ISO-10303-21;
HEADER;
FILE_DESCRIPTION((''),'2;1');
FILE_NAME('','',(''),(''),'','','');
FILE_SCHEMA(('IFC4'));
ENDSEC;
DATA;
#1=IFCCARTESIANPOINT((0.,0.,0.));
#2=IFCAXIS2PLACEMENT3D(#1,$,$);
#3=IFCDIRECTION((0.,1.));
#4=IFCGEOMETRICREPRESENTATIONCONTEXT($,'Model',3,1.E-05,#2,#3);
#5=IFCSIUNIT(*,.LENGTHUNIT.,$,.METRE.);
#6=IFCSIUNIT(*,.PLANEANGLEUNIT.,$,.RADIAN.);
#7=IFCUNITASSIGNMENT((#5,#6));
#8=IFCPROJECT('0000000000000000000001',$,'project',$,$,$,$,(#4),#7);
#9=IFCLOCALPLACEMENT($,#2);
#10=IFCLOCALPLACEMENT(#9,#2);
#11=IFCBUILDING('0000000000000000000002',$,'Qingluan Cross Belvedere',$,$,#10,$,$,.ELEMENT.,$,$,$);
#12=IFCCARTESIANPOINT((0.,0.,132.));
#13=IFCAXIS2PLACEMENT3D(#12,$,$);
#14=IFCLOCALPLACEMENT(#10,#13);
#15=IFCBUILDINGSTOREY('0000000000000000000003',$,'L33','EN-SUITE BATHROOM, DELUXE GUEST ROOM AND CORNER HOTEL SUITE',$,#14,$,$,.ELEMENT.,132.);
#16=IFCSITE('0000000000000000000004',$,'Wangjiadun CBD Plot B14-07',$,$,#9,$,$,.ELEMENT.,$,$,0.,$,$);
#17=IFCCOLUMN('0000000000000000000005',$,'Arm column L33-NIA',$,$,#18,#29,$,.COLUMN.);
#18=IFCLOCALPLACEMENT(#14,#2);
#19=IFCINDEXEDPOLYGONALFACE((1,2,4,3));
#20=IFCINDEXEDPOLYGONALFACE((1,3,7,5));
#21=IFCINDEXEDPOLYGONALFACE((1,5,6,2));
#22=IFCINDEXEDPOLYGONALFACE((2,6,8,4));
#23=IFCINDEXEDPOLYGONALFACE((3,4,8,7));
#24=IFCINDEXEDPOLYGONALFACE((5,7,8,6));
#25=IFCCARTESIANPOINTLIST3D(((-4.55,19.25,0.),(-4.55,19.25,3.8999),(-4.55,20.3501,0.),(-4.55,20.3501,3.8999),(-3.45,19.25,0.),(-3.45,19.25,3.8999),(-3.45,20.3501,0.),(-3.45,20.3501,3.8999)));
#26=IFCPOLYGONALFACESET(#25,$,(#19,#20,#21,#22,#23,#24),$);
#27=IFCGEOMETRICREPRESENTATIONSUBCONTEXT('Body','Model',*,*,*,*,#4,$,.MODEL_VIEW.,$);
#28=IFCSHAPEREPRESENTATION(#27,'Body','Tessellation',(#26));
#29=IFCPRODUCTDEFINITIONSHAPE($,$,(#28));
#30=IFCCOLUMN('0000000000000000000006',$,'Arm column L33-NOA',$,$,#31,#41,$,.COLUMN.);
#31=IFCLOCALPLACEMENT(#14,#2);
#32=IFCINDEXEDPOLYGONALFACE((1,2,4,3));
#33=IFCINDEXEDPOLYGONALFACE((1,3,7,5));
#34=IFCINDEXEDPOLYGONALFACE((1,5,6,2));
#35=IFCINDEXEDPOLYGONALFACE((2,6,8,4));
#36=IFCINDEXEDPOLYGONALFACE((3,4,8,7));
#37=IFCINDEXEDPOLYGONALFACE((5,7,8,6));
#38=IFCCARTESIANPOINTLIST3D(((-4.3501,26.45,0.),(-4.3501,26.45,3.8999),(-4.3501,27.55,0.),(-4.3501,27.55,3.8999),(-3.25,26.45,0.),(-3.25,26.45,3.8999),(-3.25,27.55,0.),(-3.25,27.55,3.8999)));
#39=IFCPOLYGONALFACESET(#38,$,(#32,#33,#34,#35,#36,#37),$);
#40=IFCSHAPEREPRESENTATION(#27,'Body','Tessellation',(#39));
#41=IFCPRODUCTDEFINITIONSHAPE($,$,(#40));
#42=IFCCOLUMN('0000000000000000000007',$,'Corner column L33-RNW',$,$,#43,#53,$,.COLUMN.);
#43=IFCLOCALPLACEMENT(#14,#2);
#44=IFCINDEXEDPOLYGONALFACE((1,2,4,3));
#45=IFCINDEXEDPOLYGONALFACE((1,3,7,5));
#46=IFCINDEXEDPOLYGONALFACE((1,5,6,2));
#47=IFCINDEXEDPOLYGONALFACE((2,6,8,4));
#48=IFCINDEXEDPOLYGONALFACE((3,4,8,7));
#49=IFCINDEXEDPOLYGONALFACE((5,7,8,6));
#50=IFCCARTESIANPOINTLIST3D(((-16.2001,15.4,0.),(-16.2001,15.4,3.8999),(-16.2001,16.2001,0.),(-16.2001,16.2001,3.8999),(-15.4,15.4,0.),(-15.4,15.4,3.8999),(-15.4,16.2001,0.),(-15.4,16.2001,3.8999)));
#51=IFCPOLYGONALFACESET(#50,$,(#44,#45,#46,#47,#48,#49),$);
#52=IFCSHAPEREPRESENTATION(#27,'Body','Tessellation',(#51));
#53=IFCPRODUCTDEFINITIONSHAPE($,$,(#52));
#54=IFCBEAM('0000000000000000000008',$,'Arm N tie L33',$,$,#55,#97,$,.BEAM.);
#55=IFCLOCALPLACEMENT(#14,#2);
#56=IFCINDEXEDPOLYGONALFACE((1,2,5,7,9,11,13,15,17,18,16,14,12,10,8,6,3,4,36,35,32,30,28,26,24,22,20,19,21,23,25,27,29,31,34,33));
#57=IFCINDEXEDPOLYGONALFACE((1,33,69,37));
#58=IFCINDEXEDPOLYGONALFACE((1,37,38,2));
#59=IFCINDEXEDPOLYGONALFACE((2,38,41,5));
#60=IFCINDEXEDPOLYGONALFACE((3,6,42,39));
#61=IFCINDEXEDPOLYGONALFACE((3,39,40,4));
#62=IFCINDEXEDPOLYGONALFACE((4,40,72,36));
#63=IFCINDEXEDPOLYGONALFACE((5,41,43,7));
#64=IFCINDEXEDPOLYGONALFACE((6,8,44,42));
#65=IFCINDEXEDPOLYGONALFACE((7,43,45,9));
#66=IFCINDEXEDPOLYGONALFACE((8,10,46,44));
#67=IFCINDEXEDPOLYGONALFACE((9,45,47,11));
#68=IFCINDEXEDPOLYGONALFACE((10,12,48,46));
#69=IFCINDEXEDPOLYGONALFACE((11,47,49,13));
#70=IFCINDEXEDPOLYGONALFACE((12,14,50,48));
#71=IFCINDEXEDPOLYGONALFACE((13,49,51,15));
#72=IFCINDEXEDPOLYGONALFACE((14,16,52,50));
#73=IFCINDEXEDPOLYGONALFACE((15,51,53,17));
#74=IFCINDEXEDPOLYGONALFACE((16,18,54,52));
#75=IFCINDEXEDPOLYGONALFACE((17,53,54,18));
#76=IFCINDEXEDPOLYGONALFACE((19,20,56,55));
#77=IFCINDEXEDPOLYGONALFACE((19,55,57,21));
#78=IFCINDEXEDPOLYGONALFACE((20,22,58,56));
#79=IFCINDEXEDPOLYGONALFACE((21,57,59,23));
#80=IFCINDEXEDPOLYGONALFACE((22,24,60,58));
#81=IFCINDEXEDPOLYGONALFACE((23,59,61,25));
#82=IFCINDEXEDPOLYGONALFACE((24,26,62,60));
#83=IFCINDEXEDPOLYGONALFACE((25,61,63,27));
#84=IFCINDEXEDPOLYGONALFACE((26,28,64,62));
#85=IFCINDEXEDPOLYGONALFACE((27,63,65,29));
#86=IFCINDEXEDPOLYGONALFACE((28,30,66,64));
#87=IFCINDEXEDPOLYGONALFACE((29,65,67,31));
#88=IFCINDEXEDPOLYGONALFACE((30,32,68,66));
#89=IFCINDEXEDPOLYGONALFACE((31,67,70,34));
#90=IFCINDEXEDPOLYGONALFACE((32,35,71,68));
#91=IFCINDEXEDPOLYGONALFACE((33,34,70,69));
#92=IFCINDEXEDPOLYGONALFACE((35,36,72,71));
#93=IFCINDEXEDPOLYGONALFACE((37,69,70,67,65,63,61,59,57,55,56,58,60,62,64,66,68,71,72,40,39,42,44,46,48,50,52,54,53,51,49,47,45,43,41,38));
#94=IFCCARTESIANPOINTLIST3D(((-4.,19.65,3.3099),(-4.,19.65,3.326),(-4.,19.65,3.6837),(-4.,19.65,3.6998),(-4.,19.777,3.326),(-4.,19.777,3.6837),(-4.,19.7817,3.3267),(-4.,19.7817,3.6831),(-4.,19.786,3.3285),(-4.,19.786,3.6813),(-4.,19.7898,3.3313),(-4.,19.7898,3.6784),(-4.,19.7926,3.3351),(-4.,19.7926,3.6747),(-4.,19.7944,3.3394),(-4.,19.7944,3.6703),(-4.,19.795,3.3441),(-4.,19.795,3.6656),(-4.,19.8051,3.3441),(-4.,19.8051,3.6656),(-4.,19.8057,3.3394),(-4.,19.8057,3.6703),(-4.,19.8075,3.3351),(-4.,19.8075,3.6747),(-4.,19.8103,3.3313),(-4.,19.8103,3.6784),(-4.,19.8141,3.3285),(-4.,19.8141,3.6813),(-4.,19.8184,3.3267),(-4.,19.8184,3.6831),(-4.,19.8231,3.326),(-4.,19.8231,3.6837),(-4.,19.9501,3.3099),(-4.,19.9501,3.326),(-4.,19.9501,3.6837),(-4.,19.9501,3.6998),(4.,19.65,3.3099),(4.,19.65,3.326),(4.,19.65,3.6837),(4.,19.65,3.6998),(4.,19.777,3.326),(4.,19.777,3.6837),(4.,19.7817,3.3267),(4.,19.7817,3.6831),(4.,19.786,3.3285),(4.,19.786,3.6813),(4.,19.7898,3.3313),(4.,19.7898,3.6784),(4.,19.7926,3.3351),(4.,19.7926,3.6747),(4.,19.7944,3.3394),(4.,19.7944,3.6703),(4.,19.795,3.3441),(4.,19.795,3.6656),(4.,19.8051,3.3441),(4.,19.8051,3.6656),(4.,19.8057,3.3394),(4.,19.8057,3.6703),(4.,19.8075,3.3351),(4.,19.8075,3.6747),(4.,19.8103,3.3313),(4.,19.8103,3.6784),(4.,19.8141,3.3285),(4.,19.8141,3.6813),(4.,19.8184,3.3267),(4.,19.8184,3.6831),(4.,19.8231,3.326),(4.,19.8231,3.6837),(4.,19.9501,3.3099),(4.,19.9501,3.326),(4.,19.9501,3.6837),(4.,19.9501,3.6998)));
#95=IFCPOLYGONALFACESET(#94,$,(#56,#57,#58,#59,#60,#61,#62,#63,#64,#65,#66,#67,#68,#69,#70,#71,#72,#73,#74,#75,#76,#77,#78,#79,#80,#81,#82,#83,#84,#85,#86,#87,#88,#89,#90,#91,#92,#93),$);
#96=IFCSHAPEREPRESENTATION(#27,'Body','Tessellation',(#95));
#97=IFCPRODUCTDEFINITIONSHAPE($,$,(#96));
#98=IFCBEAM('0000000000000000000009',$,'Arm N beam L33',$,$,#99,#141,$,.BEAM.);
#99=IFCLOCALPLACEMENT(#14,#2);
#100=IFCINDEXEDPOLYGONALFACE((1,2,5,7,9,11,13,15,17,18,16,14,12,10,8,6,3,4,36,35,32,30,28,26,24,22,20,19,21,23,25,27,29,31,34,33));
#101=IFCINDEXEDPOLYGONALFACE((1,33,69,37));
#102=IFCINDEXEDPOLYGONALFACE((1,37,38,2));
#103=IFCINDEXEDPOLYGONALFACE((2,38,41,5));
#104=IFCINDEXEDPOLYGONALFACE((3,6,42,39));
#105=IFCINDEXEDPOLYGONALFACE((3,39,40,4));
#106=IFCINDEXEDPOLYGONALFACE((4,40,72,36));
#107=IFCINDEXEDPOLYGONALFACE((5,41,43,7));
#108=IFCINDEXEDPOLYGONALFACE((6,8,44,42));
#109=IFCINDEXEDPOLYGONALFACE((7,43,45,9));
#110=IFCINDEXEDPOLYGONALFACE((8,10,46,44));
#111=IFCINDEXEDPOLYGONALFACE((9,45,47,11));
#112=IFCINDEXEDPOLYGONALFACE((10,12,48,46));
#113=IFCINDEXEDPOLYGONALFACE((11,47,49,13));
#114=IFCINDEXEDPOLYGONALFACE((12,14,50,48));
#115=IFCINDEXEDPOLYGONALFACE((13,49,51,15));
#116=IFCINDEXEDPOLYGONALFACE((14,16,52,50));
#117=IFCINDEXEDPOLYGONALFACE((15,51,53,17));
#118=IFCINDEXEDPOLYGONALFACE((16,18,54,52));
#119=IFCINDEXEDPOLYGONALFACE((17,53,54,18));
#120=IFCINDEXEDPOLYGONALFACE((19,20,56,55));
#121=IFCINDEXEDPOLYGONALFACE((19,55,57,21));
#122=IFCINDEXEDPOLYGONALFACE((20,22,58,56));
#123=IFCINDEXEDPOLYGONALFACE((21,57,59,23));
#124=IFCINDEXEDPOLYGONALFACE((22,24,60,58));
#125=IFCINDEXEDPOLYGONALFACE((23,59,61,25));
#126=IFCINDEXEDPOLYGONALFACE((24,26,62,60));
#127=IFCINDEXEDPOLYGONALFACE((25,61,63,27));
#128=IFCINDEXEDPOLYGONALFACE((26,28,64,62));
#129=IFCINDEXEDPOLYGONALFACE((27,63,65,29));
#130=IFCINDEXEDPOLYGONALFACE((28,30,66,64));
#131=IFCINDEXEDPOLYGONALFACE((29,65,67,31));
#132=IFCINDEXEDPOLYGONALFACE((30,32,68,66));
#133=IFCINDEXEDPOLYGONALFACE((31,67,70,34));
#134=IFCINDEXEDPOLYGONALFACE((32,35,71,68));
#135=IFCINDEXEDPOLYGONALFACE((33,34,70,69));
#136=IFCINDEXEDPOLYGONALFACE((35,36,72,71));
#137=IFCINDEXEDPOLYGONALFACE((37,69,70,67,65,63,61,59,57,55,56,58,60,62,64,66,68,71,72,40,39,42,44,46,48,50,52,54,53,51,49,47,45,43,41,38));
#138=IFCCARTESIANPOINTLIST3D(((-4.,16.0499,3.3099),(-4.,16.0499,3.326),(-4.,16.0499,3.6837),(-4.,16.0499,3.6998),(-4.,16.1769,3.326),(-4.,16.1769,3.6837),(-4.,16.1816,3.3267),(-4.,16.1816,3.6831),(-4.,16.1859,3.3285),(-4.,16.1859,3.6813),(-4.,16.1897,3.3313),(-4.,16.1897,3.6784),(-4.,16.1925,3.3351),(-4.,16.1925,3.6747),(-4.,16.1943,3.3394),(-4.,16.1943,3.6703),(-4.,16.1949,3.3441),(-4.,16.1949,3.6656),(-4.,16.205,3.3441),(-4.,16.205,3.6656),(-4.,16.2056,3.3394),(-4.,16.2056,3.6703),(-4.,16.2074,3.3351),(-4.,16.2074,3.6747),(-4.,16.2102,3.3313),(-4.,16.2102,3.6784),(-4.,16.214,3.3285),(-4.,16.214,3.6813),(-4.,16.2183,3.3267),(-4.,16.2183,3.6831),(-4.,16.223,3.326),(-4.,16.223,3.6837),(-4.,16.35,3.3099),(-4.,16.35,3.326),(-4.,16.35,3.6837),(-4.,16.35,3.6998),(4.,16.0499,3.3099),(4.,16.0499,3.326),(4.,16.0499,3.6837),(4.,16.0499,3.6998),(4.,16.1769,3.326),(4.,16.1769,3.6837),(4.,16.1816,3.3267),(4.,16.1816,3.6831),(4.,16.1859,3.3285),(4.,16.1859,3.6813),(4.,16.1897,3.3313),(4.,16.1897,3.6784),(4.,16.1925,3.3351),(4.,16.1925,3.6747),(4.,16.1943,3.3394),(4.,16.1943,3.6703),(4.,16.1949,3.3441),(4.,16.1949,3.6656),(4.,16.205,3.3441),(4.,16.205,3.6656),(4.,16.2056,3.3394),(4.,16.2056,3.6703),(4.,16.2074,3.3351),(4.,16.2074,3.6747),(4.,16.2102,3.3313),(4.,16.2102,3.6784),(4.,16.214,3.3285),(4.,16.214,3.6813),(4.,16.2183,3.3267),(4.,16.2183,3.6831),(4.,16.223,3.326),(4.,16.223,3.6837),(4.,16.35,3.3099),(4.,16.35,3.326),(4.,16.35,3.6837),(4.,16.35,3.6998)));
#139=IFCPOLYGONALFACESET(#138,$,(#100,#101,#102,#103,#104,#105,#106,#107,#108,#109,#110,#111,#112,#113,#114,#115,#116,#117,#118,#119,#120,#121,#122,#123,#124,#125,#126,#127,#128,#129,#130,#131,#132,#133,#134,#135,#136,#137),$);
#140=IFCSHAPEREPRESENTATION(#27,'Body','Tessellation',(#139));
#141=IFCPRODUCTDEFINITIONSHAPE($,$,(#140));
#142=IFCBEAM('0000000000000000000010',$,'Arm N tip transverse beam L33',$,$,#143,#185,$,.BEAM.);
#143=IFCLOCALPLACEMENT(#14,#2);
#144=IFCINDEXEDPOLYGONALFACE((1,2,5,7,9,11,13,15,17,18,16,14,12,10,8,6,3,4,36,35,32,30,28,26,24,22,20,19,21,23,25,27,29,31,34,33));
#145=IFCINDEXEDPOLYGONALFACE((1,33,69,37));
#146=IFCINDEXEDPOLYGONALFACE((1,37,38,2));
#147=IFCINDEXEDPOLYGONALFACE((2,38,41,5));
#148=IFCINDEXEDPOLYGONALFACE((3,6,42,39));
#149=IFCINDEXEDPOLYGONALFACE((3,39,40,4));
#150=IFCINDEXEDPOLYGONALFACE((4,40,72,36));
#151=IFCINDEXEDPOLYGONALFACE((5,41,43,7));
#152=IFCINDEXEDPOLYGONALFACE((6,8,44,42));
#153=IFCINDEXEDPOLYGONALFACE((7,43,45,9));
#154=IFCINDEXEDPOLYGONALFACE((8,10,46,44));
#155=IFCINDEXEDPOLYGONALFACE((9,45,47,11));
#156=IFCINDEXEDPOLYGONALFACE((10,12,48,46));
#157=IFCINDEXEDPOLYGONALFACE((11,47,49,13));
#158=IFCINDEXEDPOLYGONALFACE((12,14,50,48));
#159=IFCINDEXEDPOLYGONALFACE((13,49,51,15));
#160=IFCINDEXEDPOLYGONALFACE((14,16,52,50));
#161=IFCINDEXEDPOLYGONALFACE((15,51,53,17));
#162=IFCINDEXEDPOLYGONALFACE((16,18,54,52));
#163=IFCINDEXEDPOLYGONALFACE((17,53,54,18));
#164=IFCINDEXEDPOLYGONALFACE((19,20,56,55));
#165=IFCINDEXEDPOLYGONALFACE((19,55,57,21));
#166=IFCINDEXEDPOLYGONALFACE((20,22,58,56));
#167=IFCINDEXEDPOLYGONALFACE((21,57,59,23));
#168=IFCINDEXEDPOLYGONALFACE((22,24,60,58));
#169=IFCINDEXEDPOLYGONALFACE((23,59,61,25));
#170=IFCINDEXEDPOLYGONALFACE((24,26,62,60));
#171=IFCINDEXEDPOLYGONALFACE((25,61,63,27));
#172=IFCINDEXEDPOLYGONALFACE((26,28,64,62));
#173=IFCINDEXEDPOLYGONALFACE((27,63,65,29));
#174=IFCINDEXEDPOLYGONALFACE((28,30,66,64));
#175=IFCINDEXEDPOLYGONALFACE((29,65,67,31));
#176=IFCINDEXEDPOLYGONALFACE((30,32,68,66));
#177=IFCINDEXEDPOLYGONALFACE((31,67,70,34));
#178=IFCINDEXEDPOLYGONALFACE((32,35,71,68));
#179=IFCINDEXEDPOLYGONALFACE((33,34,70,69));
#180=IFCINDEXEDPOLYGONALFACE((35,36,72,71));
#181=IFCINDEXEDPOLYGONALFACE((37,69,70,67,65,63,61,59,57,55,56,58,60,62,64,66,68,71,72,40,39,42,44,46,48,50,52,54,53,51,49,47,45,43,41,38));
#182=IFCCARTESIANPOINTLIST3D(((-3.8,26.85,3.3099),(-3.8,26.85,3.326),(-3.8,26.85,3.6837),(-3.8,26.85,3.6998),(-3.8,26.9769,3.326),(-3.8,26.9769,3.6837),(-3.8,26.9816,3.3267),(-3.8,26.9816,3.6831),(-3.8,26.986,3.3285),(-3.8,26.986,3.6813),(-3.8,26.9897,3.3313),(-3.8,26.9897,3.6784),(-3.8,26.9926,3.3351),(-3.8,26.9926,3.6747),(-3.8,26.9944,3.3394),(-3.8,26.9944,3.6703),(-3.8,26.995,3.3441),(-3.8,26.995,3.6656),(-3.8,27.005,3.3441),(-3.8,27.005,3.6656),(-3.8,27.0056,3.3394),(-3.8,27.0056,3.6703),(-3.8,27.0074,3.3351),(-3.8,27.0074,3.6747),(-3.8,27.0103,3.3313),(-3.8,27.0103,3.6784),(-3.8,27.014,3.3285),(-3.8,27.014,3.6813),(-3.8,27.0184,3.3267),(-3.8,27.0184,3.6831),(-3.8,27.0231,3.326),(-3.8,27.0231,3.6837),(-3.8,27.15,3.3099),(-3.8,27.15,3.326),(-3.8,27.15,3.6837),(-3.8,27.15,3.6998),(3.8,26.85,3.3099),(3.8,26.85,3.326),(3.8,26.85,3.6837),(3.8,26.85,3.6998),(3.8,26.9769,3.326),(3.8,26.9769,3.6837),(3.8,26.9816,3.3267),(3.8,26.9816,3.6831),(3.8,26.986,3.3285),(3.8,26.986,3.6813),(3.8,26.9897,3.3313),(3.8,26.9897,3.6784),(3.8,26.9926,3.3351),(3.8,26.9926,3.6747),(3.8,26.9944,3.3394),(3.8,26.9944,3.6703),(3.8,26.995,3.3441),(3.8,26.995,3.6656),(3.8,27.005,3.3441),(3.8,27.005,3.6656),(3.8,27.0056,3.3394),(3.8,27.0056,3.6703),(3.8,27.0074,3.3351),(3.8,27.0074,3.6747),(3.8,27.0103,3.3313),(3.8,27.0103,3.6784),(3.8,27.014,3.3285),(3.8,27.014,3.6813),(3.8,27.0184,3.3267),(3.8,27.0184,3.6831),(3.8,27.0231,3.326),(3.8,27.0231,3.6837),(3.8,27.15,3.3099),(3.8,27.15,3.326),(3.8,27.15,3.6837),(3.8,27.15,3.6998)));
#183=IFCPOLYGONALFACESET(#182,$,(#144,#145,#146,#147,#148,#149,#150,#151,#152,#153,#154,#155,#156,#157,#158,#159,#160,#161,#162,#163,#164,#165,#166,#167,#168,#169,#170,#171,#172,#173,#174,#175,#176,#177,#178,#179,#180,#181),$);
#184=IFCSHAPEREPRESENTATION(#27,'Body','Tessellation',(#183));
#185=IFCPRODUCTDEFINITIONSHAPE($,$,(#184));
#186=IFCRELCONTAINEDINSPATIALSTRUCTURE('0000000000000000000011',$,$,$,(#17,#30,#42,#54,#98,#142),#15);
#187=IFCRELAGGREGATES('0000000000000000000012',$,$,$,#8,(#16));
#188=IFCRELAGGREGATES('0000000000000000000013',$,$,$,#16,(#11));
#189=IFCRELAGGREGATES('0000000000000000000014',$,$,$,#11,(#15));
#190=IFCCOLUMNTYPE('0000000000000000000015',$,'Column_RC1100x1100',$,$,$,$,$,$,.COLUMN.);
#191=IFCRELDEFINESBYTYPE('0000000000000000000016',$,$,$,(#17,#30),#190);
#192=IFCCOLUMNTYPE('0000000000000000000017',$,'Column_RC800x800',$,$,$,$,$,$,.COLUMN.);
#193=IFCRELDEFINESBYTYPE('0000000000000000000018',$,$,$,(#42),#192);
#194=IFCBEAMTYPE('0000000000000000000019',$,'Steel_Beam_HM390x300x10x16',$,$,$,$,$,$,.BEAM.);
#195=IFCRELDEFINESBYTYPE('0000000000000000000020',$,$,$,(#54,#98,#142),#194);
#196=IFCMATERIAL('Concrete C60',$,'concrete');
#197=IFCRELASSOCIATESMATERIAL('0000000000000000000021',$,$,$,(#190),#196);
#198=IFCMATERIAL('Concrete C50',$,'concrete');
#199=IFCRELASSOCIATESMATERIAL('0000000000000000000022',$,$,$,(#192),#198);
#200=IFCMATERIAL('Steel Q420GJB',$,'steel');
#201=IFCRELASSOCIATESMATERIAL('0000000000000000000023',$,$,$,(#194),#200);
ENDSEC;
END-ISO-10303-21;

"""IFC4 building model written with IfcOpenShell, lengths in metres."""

from ifc_helpers import new_model, si_unit, direction, frame, origin, origin_2d, place, context, subcontext, project, spatial, rectangle, i_section, extrude, material, material_profile, profile_set, type_object, element, save


model = new_model("IFC4")

# Units and contexts
model_context = context("Model", 3, precision=1e-05, world=origin(), true_north=direction((0.0, 1.0)))
body_context = subcontext(model_context, "Body", "Model", "MODEL_VIEW")
ifc_project = project(units=[si_unit("LENGTHUNIT", "METRE"), si_unit("PLANEANGLEUNIT", "RADIAN")], contexts=[model_context])

# Site, building, storey
site_placement = place(None, origin())
site = spatial("IfcSite", under=ifc_project, at=site_placement, Name="Wangjiadun CBD Plot B14-07", CompositionType="ELEMENT", RefElevation=0.0)
building_placement = place(site_placement, origin())
building = spatial("IfcBuilding", under=site, at=building_placement, Name="Qingluan Cross Belvedere", CompositionType="ELEMENT")
storey_placement = place(building_placement, frame((0.0, 0.0, 132.0)))
storey = spatial("IfcBuildingStorey", under=building, at=storey_placement, Name="L33", Description="EN-SUITE BATHROOM, DELUXE GUEST ROOM AND CORNER HOTEL SUITE", CompositionType="ELEMENT", Elevation=132.0)

# Columns
ifc_material_1 = material(Name="Concrete C60", Category="concrete")
ifc_material_profile_1 = material_profile(ifc_material_1, rectangle(XDim=1.1001, YDim=1.1001, at=origin_2d()), Name="RC1100x1100")
ifc_profile_set_1 = profile_set([ifc_material_profile_1], Name="Concrete C60")
column_type_1 = type_object("IfcColumnType", Name="Column_RC1100x1100", PredefinedType="COLUMN", material=ifc_profile_set_1)
for number, where, z_axis, x_axis, name in (
    (1, (-4.0, 19.8, 0.0), (0.0, 0.0, 1.0), (1.0, 0.0, 0.0), "Arm column L33-NIA"),
    (2, (-3.8, 27.0, 0.0), (0.0, 0.0, 1.0), (1.0, 0.0, 0.0), "Arm column L33-NOA"),
):
    element("IfcColumn", number, at=place(storey_placement, frame(where, z_axis=z_axis, x_axis=x_axis)), inside=storey, type_object=column_type_1, Name=name, PredefinedType="COLUMN", context=body_context, shape_type="SweptSolid", body=[
        extrude(rectangle(XDim=1.1001, YDim=1.1001, at=origin_2d()), origin(), (0.0, 0.0, 1.0), 3.8999),
    ])
ifc_material_2 = material(Name="Concrete C50", Category="concrete")
ifc_material_profile_2 = material_profile(ifc_material_2, rectangle(XDim=0.8, YDim=0.8, at=origin_2d()), Name="RC800x800")
ifc_profile_set_2 = profile_set([ifc_material_profile_2], Name="Concrete C50")
column_type_2 = type_object("IfcColumnType", Name="Column_RC800x800", PredefinedType="COLUMN", material=ifc_profile_set_2)
column_placement = place(storey_placement, frame((-15.8, 15.8, 0.0), z_axis=(0.0, 0.0, 1.0), x_axis=(1.0, 0.0, 0.0)))
element("IfcColumn", 3, at=column_placement, inside=storey, type_object=column_type_2, Name="Corner column L33-RNW", PredefinedType="COLUMN", context=body_context, shape_type="SweptSolid", body=[
    extrude(rectangle(XDim=0.8, YDim=0.8, at=origin_2d()), origin(), (0.0, 0.0, 1.0), 3.8999),
])

# Beams
ifc_material_3 = material(Name="Steel Q420GJB", Category="steel")
ifc_material_profile_3 = material_profile(ifc_material_3, i_section(OverallWidth=0.3, OverallDepth=0.3899, WebThickness=0.01, FlangeThickness=0.0161, FilletRadius=0.0181, at=origin_2d()), Name="HM390x300x10x16")
ifc_profile_set_3 = profile_set([ifc_material_profile_3], Name="Steel Q420GJB")
beam_type_1 = type_object("IfcBeamType", Name="Steel_Beam_HM390x300x10x16", PredefinedType="BEAM", material=ifc_profile_set_3)
for number, where, z_axis, x_axis, name in (
    (4, (-4.0, 19.8, 3.5049), (1.0, 0.0, 0.0), (0.0, 1.0, 0.0), "Arm N tie L33"),
    (5, (-4.0, 16.2, 3.5049), (1.0, 0.0, 0.0), (0.0, 1.0, 0.0), "Arm N beam L33"),
):
    element("IfcBeam", number, at=place(storey_placement, frame(where, z_axis=z_axis, x_axis=x_axis)), inside=storey, type_object=beam_type_1, Name=name, PredefinedType="BEAM", context=body_context, shape_type="SweptSolid", body=[
        extrude(i_section(OverallWidth=0.3, OverallDepth=0.3899, WebThickness=0.01, FlangeThickness=0.0161, FilletRadius=0.0181, at=origin_2d()), origin(), (0.0, 0.0, 1.0), 8.0),
    ])
beam_1_placement = place(storey_placement, frame((-3.8, 27.0, 3.5049), z_axis=(1.0, 0.0, 0.0), x_axis=(0.0, 1.0, 0.0)))
element("IfcBeam", 6, at=beam_1_placement, inside=storey, type_object=beam_type_1, Name="Arm N tip transverse beam L33", PredefinedType="BEAM", context=body_context, shape_type="SweptSolid", body=[
    extrude(i_section(OverallWidth=0.3, OverallDepth=0.3899, WebThickness=0.01, FlangeThickness=0.0161, FilletRadius=0.0181, at=origin_2d()), origin(), (0.0, 0.0, 1.0), 7.6001),
])

save(model, "model.ifc")
